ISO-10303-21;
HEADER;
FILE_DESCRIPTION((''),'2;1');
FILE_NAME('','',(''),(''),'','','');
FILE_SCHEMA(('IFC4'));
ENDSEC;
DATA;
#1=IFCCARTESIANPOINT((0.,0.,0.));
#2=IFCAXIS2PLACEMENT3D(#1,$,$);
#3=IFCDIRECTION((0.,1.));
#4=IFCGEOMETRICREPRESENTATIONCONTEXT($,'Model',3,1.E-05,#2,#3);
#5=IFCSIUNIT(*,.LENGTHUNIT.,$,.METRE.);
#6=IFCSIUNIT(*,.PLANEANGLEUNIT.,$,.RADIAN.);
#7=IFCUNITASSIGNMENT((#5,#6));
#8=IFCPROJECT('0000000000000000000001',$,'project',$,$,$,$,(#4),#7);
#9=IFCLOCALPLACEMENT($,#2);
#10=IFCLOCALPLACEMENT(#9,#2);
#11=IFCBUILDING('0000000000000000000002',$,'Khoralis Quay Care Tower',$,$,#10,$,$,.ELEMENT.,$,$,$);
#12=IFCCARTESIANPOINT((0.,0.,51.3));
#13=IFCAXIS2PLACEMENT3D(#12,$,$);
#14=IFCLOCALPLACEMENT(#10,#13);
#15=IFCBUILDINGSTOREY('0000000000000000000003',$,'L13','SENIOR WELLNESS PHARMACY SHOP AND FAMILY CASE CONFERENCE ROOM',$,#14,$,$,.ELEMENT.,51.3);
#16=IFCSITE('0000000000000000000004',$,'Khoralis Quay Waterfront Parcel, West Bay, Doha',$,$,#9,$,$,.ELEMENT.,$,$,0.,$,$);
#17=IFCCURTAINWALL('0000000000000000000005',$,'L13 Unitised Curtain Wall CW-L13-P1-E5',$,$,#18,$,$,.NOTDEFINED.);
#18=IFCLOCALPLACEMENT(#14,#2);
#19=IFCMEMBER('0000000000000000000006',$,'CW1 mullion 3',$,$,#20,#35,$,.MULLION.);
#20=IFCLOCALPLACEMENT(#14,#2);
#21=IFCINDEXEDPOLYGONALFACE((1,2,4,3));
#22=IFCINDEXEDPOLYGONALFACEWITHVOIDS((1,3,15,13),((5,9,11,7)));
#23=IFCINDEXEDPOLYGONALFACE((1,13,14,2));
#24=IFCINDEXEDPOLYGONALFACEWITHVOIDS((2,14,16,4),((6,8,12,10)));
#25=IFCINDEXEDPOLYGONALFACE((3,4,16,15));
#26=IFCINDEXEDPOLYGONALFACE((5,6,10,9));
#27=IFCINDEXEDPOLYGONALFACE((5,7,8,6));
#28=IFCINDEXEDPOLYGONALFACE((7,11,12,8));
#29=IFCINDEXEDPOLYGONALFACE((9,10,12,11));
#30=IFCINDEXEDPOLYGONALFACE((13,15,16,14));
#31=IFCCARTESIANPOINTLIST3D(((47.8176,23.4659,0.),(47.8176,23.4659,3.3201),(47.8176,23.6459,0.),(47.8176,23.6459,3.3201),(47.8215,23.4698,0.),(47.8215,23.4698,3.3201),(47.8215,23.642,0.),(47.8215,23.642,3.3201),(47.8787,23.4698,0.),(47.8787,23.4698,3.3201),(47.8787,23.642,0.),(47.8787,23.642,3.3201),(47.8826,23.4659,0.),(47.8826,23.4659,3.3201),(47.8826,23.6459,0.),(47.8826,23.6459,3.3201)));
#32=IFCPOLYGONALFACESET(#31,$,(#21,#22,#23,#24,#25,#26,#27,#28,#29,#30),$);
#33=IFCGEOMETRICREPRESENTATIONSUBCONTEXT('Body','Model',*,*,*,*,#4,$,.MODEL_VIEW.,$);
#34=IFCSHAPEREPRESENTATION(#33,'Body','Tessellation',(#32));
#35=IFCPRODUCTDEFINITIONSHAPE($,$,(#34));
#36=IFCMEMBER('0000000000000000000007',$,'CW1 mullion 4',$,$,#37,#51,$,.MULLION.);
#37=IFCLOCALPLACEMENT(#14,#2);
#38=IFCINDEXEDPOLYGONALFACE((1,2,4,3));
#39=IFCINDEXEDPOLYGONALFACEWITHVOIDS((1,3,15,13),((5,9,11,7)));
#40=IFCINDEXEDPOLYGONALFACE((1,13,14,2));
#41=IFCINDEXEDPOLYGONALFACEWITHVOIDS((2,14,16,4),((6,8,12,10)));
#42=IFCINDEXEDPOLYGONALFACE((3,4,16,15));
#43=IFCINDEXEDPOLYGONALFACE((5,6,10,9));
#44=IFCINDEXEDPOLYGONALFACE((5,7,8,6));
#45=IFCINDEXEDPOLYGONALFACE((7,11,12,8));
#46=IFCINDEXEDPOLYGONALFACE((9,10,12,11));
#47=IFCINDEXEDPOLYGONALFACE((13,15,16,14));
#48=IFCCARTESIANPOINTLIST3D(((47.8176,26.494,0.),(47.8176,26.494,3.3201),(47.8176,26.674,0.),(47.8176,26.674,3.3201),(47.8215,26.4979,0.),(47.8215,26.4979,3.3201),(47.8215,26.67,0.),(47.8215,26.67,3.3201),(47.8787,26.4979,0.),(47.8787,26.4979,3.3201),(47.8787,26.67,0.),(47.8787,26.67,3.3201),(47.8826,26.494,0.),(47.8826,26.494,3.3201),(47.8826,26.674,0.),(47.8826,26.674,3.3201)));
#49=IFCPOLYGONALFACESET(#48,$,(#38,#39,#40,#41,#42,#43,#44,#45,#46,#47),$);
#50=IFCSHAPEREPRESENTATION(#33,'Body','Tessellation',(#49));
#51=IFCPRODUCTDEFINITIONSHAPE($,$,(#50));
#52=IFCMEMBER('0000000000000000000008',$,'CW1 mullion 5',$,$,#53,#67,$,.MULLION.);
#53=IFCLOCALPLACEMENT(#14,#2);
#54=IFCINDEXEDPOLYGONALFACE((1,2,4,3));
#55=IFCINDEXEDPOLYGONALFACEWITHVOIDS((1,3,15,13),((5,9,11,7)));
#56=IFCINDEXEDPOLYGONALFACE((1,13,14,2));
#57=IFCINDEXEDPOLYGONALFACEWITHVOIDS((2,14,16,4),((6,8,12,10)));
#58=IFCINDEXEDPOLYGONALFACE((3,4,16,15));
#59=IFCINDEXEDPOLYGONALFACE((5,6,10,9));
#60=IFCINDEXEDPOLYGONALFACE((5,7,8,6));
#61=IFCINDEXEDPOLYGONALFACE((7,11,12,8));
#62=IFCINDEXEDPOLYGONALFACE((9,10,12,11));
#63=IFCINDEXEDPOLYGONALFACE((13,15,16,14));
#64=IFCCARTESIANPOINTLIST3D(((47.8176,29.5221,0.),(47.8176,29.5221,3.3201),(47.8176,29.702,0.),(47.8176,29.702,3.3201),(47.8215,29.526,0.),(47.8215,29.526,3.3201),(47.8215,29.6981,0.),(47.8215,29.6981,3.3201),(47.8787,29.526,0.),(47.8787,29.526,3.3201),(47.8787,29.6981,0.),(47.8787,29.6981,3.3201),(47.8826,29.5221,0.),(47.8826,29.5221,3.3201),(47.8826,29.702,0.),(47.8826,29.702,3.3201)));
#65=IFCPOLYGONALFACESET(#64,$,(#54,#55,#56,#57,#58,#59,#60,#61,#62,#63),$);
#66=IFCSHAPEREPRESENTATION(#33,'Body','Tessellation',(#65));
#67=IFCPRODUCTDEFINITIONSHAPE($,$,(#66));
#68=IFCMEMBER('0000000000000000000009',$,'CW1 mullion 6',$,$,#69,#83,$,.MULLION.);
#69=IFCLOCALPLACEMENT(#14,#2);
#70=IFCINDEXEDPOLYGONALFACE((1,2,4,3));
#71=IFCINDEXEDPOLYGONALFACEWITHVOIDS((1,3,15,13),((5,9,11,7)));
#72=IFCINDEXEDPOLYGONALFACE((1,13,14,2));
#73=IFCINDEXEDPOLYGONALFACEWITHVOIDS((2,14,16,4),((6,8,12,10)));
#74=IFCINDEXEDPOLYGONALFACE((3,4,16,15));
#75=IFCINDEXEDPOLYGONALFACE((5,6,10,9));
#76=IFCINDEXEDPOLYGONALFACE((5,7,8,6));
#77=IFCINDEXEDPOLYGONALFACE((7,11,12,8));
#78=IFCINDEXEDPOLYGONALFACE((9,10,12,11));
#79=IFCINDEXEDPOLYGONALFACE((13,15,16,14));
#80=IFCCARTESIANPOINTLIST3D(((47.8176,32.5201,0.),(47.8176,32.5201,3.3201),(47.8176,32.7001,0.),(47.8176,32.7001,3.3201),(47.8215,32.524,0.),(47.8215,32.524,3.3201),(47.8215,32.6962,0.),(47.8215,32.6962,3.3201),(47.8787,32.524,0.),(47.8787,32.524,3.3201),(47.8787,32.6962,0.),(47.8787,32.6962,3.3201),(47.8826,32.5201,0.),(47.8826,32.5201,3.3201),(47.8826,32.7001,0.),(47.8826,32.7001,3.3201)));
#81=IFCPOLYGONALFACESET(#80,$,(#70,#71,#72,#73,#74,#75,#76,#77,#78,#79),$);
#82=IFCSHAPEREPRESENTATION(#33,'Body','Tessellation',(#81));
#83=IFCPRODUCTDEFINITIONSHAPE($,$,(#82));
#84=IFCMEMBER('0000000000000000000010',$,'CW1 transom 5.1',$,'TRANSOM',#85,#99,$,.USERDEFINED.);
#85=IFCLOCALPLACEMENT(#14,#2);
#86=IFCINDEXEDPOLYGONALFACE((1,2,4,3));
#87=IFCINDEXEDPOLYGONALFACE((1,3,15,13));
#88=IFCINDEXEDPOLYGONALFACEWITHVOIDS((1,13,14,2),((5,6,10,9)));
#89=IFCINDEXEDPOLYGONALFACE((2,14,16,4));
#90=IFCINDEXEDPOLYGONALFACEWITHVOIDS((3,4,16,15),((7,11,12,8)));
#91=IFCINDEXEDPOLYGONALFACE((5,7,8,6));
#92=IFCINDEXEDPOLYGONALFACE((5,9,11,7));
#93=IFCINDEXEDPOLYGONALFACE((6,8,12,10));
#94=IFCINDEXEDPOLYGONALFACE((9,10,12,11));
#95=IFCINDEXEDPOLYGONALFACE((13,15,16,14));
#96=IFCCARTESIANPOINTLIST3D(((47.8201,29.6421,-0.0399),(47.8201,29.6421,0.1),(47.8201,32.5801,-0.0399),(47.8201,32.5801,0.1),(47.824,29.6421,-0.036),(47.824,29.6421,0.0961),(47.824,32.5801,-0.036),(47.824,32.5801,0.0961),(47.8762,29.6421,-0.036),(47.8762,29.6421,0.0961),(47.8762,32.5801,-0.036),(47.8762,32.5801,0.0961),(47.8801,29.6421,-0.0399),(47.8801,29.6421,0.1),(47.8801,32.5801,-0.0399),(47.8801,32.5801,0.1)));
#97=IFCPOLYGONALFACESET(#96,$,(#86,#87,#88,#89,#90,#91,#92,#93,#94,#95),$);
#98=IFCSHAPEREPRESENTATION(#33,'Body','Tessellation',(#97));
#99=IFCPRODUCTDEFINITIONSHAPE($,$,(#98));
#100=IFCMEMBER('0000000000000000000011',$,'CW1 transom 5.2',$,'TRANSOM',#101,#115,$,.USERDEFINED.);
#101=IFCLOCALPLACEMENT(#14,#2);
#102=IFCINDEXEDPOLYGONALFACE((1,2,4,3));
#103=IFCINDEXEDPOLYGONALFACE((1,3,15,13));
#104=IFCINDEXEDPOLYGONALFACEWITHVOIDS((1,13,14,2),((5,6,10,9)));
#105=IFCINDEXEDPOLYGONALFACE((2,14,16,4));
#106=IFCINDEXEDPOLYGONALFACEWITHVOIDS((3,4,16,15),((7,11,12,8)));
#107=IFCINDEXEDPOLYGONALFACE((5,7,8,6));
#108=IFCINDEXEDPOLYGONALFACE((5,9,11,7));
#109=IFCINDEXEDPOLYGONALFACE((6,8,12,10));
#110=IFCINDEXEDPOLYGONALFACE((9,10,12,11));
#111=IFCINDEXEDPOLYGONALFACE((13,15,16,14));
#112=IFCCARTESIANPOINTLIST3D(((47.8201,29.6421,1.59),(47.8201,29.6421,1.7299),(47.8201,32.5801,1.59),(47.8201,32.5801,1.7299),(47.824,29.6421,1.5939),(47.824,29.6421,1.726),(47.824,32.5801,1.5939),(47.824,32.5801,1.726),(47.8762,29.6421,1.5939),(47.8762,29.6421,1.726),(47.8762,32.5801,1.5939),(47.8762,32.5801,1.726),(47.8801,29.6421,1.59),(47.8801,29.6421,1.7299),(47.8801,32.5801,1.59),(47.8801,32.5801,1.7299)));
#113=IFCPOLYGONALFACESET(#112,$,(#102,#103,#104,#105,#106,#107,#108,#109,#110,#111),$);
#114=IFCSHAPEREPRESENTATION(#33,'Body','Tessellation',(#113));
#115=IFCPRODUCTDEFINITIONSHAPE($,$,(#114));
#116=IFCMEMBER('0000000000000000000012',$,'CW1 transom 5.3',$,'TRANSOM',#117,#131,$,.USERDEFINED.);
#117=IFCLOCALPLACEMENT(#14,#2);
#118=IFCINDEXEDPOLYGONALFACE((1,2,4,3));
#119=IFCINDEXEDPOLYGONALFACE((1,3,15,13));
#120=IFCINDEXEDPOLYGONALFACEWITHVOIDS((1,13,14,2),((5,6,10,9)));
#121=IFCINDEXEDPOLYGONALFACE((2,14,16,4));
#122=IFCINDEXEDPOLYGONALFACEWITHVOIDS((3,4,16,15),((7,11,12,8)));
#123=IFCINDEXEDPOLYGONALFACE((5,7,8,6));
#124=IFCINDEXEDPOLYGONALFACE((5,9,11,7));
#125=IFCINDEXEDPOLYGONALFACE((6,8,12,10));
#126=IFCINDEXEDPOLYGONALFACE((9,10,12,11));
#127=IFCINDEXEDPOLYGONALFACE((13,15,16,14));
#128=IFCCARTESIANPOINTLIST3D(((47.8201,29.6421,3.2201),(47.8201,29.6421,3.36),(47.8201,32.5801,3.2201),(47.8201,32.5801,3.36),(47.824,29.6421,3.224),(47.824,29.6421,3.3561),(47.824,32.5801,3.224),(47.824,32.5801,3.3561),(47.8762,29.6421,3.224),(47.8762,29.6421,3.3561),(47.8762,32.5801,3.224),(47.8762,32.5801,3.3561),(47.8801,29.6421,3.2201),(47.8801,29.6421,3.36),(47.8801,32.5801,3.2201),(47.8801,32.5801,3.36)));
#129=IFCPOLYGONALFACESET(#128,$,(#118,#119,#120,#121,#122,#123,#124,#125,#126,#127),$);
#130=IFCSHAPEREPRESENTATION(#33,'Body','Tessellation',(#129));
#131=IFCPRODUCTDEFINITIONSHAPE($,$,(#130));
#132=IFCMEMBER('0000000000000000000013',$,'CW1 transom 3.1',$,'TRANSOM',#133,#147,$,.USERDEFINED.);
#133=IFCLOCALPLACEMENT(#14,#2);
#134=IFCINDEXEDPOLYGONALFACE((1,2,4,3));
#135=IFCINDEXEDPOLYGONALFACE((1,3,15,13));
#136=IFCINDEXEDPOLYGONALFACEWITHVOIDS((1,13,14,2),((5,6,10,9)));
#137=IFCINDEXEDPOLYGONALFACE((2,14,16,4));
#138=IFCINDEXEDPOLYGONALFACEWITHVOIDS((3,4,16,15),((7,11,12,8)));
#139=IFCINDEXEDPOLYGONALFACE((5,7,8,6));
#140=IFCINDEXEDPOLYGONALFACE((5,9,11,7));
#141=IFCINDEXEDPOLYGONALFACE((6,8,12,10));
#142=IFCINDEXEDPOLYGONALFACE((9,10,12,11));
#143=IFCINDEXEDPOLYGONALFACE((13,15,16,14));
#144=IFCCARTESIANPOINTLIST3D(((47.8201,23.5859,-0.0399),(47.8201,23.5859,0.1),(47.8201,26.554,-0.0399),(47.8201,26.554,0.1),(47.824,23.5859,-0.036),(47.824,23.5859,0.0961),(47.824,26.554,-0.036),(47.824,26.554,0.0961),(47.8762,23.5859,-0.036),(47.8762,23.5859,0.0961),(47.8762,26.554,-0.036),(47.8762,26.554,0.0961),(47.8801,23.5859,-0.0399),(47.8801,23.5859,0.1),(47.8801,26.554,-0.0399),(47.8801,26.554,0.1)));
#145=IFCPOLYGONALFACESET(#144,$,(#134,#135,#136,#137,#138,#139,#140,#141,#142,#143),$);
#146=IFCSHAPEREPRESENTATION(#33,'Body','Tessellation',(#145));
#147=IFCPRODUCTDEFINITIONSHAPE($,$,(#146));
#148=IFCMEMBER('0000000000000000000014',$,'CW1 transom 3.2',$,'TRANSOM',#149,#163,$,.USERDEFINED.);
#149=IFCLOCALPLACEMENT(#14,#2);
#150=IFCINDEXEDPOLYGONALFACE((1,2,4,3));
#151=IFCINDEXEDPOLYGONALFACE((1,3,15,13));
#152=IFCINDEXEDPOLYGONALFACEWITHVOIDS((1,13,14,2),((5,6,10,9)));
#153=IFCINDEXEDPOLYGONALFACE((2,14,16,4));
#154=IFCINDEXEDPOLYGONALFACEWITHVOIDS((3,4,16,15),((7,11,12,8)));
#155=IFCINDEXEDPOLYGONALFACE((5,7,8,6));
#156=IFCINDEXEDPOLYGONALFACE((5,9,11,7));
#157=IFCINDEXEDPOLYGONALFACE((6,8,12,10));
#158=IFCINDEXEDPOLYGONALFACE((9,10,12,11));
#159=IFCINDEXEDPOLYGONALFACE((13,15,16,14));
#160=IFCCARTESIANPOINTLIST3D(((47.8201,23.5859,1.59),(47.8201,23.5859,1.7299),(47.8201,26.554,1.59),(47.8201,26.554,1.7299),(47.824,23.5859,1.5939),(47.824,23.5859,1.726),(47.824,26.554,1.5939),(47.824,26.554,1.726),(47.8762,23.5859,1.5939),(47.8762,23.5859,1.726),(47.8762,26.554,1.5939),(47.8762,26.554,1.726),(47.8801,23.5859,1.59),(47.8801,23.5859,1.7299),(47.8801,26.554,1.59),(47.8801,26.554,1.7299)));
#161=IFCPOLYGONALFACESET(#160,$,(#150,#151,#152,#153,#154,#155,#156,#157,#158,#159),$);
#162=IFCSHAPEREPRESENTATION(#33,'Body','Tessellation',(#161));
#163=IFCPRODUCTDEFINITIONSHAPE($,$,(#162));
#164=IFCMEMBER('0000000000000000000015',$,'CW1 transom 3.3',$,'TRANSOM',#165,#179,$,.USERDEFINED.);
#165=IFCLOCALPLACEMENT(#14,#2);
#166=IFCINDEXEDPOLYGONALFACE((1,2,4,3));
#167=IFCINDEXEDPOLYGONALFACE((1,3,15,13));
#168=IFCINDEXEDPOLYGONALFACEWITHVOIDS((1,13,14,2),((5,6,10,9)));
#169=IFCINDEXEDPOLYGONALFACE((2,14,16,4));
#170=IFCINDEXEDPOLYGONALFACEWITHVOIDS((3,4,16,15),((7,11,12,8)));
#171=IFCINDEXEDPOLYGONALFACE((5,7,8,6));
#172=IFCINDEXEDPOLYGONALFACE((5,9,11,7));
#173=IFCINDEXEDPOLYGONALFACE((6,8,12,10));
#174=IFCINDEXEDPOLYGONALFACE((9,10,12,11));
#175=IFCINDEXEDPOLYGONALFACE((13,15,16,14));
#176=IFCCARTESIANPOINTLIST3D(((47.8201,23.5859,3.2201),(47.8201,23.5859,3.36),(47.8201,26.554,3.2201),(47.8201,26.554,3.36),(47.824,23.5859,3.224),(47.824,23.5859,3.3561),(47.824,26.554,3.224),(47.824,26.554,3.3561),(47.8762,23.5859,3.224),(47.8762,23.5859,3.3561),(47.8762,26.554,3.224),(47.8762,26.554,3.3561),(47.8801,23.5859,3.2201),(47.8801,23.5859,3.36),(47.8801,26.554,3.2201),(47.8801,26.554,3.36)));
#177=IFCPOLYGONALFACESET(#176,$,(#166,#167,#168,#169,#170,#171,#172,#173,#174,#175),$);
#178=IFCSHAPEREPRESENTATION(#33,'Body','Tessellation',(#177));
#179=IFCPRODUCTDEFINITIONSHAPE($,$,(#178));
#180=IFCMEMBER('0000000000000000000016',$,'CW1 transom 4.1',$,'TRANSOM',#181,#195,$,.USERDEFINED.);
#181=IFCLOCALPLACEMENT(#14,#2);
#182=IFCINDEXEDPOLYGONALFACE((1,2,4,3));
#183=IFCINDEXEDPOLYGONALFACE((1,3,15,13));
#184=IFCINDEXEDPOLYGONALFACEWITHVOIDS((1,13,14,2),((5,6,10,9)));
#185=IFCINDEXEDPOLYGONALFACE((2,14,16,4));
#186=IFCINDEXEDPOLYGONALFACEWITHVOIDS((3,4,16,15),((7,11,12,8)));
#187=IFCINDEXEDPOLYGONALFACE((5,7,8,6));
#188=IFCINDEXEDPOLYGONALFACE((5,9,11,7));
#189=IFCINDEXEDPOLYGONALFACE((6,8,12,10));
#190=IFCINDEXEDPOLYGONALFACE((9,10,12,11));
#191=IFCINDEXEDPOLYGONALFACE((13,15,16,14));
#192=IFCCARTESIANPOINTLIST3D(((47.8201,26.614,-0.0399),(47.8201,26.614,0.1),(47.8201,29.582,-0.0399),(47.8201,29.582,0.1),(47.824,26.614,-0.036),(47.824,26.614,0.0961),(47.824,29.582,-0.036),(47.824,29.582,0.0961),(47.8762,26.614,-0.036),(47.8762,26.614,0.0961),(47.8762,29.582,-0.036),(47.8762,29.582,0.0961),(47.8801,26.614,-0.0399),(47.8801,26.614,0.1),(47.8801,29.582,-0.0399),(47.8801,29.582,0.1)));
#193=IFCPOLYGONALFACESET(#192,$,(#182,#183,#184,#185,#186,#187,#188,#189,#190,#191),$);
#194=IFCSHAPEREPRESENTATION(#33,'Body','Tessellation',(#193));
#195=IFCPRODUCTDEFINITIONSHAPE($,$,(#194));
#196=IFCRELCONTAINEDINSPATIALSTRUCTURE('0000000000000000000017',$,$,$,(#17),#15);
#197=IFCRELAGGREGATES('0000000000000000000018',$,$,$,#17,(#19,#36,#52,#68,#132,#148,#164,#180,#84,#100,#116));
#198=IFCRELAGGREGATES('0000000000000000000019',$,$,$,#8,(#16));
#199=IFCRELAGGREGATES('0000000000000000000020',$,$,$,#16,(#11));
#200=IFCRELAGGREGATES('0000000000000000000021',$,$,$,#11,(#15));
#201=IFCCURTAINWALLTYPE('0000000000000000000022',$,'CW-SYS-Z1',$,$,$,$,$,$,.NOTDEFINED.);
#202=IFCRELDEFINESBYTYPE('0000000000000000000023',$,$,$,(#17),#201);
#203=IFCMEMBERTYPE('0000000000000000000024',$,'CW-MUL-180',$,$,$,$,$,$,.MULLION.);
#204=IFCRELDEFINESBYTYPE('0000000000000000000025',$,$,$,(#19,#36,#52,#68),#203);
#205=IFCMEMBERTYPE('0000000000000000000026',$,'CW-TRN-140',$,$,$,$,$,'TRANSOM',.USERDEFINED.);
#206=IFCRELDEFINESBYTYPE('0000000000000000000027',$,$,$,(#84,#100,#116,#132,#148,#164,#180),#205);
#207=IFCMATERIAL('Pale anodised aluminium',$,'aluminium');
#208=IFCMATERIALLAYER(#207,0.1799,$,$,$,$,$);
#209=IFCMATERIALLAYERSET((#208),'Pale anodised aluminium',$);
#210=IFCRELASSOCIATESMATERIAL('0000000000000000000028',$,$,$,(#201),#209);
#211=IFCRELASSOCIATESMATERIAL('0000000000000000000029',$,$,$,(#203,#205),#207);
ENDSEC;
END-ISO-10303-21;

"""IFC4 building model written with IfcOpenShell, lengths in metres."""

from ifc_helpers import new_model, si_unit, direction, frame, origin, origin_2d, place, context, subcontext, project, spatial, hollow_rectangle, extrude, source, transform, mapped, material, layer, layer_set, material_profile, profile_set, type_object, element, aggregate, save


model = new_model("IFC4")

# Units and contexts
model_context = context("Model", 3, precision=1e-05, world=origin(), true_north=direction((0.0, 1.0)))
body_context = subcontext(model_context, "Body", "Model", "MODEL_VIEW")
ifc_project = project(units=[si_unit("LENGTHUNIT", "METRE"), si_unit("PLANEANGLEUNIT", "RADIAN")], contexts=[model_context])

# Site, building, storey
site_placement = place(None, origin())
site = spatial("IfcSite", under=ifc_project, at=site_placement, Name="Khoralis Quay Waterfront Parcel, West Bay, Doha", CompositionType="ELEMENT", RefElevation=0.0)
building_placement = place(site_placement, origin())
building = spatial("IfcBuilding", under=site, at=building_placement, Name="Khoralis Quay Care Tower", CompositionType="ELEMENT")
storey_placement = place(building_placement, frame((0.0, 0.0, 51.3)))
storey = spatial("IfcBuildingStorey", under=building, at=storey_placement, Name="L13", Description="SENIOR WELLNESS PHARMACY SHOP AND FAMILY CASE CONFERENCE ROOM", CompositionType="ELEMENT", Elevation=51.3)

# Curtain wall, members
ifc_material_1 = material(Name="Pale anodised aluminium", Category="aluminium")
ifc_layer_1 = layer(ifc_material_1, 0.1799)
ifc_layer_set_1 = layer_set([ifc_layer_1], Name="Pale anodised aluminium")
curtain_wall_type = type_object("IfcCurtainWallType", Name="CW-SYS-Z1", PredefinedType="NOTDEFINED", material=ifc_layer_set_1)
curtain_wall_placement = place(storey_placement, origin())
curtain_wall = element("IfcCurtainWall", 1, at=curtain_wall_placement, inside=storey, type_object=curtain_wall_type, Name="L13 Unitised Curtain Wall CW-L13-P1-E5", PredefinedType="NOTDEFINED")
ifc_material_profile_1 = material_profile(ifc_material_1, hollow_rectangle(XDim=0.0649, YDim=0.1799, WallThickness=0.0039, at=origin_2d()), Name="Pale anodised aluminium")
ifc_profile_set_1 = profile_set([ifc_material_profile_1], Name="Pale anodised aluminium")
member_type_1 = type_object("IfcMemberType", Name="CW-MUL-180", PredefinedType="MULLION", material=ifc_profile_set_1)
shared_shape_1 = source(origin(), body_context, "Body", "SweptSolid", [
    extrude(hollow_rectangle(XDim=0.0649, YDim=0.1799, WallThickness=0.0039, at=origin_2d()), origin(), (0.0, 0.0, 1.0), 3.3201),
])
member_1_placement = place(storey_placement, frame((47.8501, 23.5559, 0.0), z_axis=(0.0, 0.0, 1.0), x_axis=(-1.0, 0.0, 0.0)))
member_1 = element("IfcMember", 2, at=member_1_placement, type_object=member_type_1, Name="CW1 mullion 3", PredefinedType="MULLION", context=body_context, shape_type="MappedRepresentation", body=[
    mapped(shared_shape_1, transform((0.0, 0.0, 0.0), scale=1.0)),
])
member_2_placement = place(storey_placement, frame((47.8501, 26.584, 0.0), z_axis=(0.0, 0.0, 1.0), x_axis=(-1.0, 0.0, 0.0)))
member_2 = element("IfcMember", 3, at=member_2_placement, type_object=member_type_1, Name="CW1 mullion 4", PredefinedType="MULLION", context=body_context, shape_type="MappedRepresentation", body=[
    mapped(shared_shape_1, transform((0.0, 0.0, 0.0), scale=1.0)),
])
member_3_placement = place(storey_placement, frame((47.8501, 29.6121, 0.0), z_axis=(0.0, 0.0, 1.0), x_axis=(-1.0, 0.0, 0.0)))
member_3 = element("IfcMember", 4, at=member_3_placement, type_object=member_type_1, Name="CW1 mullion 5", PredefinedType="MULLION", context=body_context, shape_type="MappedRepresentation", body=[
    mapped(shared_shape_1, transform((0.0, 0.0, 0.0), scale=1.0)),
])
member_4_placement = place(storey_placement, frame((47.8501, 32.6101, 0.0), z_axis=(0.0, 0.0, 1.0), x_axis=(-1.0, 0.0, 0.0)))
member_4 = element("IfcMember", 5, at=member_4_placement, type_object=member_type_1, Name="CW1 mullion 6", PredefinedType="MULLION", context=body_context, shape_type="MappedRepresentation", body=[
    mapped(shared_shape_1, transform((0.0, 0.0, 0.0), scale=1.0)),
])
ifc_material_profile_2 = material_profile(ifc_material_1, hollow_rectangle(XDim=0.0601, YDim=0.1399, WallThickness=0.0039, at=origin_2d()), Name="Pale anodised aluminium")
ifc_profile_set_2 = profile_set([ifc_material_profile_2], Name="Pale anodised aluminium")
member_type_2 = type_object("IfcMemberType", Name="CW-TRN-140", ElementType="TRANSOM", PredefinedType="USERDEFINED", material=ifc_profile_set_2)
shared_shape_2 = source(origin(), body_context, "Body", "SweptSolid", [
    extrude(hollow_rectangle(XDim=0.0601, YDim=0.1399, WallThickness=0.0039, at=origin_2d()), origin(), (0.0, 0.0, 1.0), 2.938),
])
member_5_placement = place(storey_placement, frame((47.8501, 29.6421, 0.03), z_axis=(0.0, 1.0, 0.0), x_axis=(-1.0, 0.0, 0.0)))
member_5 = element("IfcMember", 6, at=member_5_placement, type_object=member_type_2, Name="CW1 transom 5.1", ObjectType="TRANSOM", PredefinedType="USERDEFINED", context=body_context, shape_type="MappedRepresentation", body=[
    mapped(shared_shape_2, transform((0.0, 0.0, 0.0), scale=1.0)),
])
member_6_placement = place(storey_placement, frame((47.8501, 29.6421, 1.6599), z_axis=(0.0, 1.0, 0.0), x_axis=(-1.0, 0.0, 0.0)))
member_6 = element("IfcMember", 7, at=member_6_placement, type_object=member_type_2, Name="CW1 transom 5.2", ObjectType="TRANSOM", PredefinedType="USERDEFINED", context=body_context, shape_type="MappedRepresentation", body=[
    mapped(shared_shape_2, transform((0.0, 0.0, 0.0), scale=1.0)),
])
member_7_placement = place(storey_placement, frame((47.8501, 29.6421, 3.29), z_axis=(0.0, 1.0, 0.0), x_axis=(-1.0, 0.0, 0.0)))
member_7 = element("IfcMember", 8, at=member_7_placement, type_object=member_type_2, Name="CW1 transom 5.3", ObjectType="TRANSOM", PredefinedType="USERDEFINED", context=body_context, shape_type="MappedRepresentation", body=[
    mapped(shared_shape_2, transform((0.0, 0.0, 0.0), scale=1.0)),
])
shared_shape_3 = source(origin(), body_context, "Body", "SweptSolid", [
    extrude(hollow_rectangle(XDim=0.0601, YDim=0.1399, WallThickness=0.0039, at=origin_2d()), origin(), (0.0, 0.0, 1.0), 2.968),
])
member_8_placement = place(storey_placement, frame((47.8501, 23.5859, 0.03), z_axis=(0.0, 1.0, 0.0), x_axis=(-1.0, 0.0, 0.0)))
member_8 = element("IfcMember", 9, at=member_8_placement, type_object=member_type_2, Name="CW1 transom 3.1", ObjectType="TRANSOM", PredefinedType="USERDEFINED", context=body_context, shape_type="MappedRepresentation", body=[
    mapped(shared_shape_3, transform((0.0, 0.0, 0.0), scale=1.0)),
])
member_9_placement = place(storey_placement, frame((47.8501, 23.5859, 1.6599), z_axis=(0.0, 1.0, 0.0), x_axis=(-1.0, 0.0, 0.0)))
member_9 = element("IfcMember", 10, at=member_9_placement, type_object=member_type_2, Name="CW1 transom 3.2", ObjectType="TRANSOM", PredefinedType="USERDEFINED", context=body_context, shape_type="MappedRepresentation", body=[
    mapped(shared_shape_3, transform((0.0, 0.0, 0.0), scale=1.0)),
])
member_10_placement = place(storey_placement, frame((47.8501, 23.5859, 3.29), z_axis=(0.0, 1.0, 0.0), x_axis=(-1.0, 0.0, 0.0)))
member_10 = element("IfcMember", 11, at=member_10_placement, type_object=member_type_2, Name="CW1 transom 3.3", ObjectType="TRANSOM", PredefinedType="USERDEFINED", context=body_context, shape_type="MappedRepresentation", body=[
    mapped(shared_shape_3, transform((0.0, 0.0, 0.0), scale=1.0)),
])
member_11_placement = place(storey_placement, frame((47.8501, 26.614, 0.03), z_axis=(0.0, 1.0, 0.0), x_axis=(-1.0, 0.0, 0.0)))
member_11 = element("IfcMember", 12, at=member_11_placement, type_object=member_type_2, Name="CW1 transom 4.1", ObjectType="TRANSOM", PredefinedType="USERDEFINED", context=body_context, shape_type="MappedRepresentation", body=[
    mapped(shared_shape_3, transform((0.0, 0.0, 0.0), scale=1.0)),
])
aggregate(curtain_wall, [member_1, member_2, member_3, member_4, member_8, member_9, member_10, member_11, member_5, member_6, member_7])

save(model, "model.ifc")
